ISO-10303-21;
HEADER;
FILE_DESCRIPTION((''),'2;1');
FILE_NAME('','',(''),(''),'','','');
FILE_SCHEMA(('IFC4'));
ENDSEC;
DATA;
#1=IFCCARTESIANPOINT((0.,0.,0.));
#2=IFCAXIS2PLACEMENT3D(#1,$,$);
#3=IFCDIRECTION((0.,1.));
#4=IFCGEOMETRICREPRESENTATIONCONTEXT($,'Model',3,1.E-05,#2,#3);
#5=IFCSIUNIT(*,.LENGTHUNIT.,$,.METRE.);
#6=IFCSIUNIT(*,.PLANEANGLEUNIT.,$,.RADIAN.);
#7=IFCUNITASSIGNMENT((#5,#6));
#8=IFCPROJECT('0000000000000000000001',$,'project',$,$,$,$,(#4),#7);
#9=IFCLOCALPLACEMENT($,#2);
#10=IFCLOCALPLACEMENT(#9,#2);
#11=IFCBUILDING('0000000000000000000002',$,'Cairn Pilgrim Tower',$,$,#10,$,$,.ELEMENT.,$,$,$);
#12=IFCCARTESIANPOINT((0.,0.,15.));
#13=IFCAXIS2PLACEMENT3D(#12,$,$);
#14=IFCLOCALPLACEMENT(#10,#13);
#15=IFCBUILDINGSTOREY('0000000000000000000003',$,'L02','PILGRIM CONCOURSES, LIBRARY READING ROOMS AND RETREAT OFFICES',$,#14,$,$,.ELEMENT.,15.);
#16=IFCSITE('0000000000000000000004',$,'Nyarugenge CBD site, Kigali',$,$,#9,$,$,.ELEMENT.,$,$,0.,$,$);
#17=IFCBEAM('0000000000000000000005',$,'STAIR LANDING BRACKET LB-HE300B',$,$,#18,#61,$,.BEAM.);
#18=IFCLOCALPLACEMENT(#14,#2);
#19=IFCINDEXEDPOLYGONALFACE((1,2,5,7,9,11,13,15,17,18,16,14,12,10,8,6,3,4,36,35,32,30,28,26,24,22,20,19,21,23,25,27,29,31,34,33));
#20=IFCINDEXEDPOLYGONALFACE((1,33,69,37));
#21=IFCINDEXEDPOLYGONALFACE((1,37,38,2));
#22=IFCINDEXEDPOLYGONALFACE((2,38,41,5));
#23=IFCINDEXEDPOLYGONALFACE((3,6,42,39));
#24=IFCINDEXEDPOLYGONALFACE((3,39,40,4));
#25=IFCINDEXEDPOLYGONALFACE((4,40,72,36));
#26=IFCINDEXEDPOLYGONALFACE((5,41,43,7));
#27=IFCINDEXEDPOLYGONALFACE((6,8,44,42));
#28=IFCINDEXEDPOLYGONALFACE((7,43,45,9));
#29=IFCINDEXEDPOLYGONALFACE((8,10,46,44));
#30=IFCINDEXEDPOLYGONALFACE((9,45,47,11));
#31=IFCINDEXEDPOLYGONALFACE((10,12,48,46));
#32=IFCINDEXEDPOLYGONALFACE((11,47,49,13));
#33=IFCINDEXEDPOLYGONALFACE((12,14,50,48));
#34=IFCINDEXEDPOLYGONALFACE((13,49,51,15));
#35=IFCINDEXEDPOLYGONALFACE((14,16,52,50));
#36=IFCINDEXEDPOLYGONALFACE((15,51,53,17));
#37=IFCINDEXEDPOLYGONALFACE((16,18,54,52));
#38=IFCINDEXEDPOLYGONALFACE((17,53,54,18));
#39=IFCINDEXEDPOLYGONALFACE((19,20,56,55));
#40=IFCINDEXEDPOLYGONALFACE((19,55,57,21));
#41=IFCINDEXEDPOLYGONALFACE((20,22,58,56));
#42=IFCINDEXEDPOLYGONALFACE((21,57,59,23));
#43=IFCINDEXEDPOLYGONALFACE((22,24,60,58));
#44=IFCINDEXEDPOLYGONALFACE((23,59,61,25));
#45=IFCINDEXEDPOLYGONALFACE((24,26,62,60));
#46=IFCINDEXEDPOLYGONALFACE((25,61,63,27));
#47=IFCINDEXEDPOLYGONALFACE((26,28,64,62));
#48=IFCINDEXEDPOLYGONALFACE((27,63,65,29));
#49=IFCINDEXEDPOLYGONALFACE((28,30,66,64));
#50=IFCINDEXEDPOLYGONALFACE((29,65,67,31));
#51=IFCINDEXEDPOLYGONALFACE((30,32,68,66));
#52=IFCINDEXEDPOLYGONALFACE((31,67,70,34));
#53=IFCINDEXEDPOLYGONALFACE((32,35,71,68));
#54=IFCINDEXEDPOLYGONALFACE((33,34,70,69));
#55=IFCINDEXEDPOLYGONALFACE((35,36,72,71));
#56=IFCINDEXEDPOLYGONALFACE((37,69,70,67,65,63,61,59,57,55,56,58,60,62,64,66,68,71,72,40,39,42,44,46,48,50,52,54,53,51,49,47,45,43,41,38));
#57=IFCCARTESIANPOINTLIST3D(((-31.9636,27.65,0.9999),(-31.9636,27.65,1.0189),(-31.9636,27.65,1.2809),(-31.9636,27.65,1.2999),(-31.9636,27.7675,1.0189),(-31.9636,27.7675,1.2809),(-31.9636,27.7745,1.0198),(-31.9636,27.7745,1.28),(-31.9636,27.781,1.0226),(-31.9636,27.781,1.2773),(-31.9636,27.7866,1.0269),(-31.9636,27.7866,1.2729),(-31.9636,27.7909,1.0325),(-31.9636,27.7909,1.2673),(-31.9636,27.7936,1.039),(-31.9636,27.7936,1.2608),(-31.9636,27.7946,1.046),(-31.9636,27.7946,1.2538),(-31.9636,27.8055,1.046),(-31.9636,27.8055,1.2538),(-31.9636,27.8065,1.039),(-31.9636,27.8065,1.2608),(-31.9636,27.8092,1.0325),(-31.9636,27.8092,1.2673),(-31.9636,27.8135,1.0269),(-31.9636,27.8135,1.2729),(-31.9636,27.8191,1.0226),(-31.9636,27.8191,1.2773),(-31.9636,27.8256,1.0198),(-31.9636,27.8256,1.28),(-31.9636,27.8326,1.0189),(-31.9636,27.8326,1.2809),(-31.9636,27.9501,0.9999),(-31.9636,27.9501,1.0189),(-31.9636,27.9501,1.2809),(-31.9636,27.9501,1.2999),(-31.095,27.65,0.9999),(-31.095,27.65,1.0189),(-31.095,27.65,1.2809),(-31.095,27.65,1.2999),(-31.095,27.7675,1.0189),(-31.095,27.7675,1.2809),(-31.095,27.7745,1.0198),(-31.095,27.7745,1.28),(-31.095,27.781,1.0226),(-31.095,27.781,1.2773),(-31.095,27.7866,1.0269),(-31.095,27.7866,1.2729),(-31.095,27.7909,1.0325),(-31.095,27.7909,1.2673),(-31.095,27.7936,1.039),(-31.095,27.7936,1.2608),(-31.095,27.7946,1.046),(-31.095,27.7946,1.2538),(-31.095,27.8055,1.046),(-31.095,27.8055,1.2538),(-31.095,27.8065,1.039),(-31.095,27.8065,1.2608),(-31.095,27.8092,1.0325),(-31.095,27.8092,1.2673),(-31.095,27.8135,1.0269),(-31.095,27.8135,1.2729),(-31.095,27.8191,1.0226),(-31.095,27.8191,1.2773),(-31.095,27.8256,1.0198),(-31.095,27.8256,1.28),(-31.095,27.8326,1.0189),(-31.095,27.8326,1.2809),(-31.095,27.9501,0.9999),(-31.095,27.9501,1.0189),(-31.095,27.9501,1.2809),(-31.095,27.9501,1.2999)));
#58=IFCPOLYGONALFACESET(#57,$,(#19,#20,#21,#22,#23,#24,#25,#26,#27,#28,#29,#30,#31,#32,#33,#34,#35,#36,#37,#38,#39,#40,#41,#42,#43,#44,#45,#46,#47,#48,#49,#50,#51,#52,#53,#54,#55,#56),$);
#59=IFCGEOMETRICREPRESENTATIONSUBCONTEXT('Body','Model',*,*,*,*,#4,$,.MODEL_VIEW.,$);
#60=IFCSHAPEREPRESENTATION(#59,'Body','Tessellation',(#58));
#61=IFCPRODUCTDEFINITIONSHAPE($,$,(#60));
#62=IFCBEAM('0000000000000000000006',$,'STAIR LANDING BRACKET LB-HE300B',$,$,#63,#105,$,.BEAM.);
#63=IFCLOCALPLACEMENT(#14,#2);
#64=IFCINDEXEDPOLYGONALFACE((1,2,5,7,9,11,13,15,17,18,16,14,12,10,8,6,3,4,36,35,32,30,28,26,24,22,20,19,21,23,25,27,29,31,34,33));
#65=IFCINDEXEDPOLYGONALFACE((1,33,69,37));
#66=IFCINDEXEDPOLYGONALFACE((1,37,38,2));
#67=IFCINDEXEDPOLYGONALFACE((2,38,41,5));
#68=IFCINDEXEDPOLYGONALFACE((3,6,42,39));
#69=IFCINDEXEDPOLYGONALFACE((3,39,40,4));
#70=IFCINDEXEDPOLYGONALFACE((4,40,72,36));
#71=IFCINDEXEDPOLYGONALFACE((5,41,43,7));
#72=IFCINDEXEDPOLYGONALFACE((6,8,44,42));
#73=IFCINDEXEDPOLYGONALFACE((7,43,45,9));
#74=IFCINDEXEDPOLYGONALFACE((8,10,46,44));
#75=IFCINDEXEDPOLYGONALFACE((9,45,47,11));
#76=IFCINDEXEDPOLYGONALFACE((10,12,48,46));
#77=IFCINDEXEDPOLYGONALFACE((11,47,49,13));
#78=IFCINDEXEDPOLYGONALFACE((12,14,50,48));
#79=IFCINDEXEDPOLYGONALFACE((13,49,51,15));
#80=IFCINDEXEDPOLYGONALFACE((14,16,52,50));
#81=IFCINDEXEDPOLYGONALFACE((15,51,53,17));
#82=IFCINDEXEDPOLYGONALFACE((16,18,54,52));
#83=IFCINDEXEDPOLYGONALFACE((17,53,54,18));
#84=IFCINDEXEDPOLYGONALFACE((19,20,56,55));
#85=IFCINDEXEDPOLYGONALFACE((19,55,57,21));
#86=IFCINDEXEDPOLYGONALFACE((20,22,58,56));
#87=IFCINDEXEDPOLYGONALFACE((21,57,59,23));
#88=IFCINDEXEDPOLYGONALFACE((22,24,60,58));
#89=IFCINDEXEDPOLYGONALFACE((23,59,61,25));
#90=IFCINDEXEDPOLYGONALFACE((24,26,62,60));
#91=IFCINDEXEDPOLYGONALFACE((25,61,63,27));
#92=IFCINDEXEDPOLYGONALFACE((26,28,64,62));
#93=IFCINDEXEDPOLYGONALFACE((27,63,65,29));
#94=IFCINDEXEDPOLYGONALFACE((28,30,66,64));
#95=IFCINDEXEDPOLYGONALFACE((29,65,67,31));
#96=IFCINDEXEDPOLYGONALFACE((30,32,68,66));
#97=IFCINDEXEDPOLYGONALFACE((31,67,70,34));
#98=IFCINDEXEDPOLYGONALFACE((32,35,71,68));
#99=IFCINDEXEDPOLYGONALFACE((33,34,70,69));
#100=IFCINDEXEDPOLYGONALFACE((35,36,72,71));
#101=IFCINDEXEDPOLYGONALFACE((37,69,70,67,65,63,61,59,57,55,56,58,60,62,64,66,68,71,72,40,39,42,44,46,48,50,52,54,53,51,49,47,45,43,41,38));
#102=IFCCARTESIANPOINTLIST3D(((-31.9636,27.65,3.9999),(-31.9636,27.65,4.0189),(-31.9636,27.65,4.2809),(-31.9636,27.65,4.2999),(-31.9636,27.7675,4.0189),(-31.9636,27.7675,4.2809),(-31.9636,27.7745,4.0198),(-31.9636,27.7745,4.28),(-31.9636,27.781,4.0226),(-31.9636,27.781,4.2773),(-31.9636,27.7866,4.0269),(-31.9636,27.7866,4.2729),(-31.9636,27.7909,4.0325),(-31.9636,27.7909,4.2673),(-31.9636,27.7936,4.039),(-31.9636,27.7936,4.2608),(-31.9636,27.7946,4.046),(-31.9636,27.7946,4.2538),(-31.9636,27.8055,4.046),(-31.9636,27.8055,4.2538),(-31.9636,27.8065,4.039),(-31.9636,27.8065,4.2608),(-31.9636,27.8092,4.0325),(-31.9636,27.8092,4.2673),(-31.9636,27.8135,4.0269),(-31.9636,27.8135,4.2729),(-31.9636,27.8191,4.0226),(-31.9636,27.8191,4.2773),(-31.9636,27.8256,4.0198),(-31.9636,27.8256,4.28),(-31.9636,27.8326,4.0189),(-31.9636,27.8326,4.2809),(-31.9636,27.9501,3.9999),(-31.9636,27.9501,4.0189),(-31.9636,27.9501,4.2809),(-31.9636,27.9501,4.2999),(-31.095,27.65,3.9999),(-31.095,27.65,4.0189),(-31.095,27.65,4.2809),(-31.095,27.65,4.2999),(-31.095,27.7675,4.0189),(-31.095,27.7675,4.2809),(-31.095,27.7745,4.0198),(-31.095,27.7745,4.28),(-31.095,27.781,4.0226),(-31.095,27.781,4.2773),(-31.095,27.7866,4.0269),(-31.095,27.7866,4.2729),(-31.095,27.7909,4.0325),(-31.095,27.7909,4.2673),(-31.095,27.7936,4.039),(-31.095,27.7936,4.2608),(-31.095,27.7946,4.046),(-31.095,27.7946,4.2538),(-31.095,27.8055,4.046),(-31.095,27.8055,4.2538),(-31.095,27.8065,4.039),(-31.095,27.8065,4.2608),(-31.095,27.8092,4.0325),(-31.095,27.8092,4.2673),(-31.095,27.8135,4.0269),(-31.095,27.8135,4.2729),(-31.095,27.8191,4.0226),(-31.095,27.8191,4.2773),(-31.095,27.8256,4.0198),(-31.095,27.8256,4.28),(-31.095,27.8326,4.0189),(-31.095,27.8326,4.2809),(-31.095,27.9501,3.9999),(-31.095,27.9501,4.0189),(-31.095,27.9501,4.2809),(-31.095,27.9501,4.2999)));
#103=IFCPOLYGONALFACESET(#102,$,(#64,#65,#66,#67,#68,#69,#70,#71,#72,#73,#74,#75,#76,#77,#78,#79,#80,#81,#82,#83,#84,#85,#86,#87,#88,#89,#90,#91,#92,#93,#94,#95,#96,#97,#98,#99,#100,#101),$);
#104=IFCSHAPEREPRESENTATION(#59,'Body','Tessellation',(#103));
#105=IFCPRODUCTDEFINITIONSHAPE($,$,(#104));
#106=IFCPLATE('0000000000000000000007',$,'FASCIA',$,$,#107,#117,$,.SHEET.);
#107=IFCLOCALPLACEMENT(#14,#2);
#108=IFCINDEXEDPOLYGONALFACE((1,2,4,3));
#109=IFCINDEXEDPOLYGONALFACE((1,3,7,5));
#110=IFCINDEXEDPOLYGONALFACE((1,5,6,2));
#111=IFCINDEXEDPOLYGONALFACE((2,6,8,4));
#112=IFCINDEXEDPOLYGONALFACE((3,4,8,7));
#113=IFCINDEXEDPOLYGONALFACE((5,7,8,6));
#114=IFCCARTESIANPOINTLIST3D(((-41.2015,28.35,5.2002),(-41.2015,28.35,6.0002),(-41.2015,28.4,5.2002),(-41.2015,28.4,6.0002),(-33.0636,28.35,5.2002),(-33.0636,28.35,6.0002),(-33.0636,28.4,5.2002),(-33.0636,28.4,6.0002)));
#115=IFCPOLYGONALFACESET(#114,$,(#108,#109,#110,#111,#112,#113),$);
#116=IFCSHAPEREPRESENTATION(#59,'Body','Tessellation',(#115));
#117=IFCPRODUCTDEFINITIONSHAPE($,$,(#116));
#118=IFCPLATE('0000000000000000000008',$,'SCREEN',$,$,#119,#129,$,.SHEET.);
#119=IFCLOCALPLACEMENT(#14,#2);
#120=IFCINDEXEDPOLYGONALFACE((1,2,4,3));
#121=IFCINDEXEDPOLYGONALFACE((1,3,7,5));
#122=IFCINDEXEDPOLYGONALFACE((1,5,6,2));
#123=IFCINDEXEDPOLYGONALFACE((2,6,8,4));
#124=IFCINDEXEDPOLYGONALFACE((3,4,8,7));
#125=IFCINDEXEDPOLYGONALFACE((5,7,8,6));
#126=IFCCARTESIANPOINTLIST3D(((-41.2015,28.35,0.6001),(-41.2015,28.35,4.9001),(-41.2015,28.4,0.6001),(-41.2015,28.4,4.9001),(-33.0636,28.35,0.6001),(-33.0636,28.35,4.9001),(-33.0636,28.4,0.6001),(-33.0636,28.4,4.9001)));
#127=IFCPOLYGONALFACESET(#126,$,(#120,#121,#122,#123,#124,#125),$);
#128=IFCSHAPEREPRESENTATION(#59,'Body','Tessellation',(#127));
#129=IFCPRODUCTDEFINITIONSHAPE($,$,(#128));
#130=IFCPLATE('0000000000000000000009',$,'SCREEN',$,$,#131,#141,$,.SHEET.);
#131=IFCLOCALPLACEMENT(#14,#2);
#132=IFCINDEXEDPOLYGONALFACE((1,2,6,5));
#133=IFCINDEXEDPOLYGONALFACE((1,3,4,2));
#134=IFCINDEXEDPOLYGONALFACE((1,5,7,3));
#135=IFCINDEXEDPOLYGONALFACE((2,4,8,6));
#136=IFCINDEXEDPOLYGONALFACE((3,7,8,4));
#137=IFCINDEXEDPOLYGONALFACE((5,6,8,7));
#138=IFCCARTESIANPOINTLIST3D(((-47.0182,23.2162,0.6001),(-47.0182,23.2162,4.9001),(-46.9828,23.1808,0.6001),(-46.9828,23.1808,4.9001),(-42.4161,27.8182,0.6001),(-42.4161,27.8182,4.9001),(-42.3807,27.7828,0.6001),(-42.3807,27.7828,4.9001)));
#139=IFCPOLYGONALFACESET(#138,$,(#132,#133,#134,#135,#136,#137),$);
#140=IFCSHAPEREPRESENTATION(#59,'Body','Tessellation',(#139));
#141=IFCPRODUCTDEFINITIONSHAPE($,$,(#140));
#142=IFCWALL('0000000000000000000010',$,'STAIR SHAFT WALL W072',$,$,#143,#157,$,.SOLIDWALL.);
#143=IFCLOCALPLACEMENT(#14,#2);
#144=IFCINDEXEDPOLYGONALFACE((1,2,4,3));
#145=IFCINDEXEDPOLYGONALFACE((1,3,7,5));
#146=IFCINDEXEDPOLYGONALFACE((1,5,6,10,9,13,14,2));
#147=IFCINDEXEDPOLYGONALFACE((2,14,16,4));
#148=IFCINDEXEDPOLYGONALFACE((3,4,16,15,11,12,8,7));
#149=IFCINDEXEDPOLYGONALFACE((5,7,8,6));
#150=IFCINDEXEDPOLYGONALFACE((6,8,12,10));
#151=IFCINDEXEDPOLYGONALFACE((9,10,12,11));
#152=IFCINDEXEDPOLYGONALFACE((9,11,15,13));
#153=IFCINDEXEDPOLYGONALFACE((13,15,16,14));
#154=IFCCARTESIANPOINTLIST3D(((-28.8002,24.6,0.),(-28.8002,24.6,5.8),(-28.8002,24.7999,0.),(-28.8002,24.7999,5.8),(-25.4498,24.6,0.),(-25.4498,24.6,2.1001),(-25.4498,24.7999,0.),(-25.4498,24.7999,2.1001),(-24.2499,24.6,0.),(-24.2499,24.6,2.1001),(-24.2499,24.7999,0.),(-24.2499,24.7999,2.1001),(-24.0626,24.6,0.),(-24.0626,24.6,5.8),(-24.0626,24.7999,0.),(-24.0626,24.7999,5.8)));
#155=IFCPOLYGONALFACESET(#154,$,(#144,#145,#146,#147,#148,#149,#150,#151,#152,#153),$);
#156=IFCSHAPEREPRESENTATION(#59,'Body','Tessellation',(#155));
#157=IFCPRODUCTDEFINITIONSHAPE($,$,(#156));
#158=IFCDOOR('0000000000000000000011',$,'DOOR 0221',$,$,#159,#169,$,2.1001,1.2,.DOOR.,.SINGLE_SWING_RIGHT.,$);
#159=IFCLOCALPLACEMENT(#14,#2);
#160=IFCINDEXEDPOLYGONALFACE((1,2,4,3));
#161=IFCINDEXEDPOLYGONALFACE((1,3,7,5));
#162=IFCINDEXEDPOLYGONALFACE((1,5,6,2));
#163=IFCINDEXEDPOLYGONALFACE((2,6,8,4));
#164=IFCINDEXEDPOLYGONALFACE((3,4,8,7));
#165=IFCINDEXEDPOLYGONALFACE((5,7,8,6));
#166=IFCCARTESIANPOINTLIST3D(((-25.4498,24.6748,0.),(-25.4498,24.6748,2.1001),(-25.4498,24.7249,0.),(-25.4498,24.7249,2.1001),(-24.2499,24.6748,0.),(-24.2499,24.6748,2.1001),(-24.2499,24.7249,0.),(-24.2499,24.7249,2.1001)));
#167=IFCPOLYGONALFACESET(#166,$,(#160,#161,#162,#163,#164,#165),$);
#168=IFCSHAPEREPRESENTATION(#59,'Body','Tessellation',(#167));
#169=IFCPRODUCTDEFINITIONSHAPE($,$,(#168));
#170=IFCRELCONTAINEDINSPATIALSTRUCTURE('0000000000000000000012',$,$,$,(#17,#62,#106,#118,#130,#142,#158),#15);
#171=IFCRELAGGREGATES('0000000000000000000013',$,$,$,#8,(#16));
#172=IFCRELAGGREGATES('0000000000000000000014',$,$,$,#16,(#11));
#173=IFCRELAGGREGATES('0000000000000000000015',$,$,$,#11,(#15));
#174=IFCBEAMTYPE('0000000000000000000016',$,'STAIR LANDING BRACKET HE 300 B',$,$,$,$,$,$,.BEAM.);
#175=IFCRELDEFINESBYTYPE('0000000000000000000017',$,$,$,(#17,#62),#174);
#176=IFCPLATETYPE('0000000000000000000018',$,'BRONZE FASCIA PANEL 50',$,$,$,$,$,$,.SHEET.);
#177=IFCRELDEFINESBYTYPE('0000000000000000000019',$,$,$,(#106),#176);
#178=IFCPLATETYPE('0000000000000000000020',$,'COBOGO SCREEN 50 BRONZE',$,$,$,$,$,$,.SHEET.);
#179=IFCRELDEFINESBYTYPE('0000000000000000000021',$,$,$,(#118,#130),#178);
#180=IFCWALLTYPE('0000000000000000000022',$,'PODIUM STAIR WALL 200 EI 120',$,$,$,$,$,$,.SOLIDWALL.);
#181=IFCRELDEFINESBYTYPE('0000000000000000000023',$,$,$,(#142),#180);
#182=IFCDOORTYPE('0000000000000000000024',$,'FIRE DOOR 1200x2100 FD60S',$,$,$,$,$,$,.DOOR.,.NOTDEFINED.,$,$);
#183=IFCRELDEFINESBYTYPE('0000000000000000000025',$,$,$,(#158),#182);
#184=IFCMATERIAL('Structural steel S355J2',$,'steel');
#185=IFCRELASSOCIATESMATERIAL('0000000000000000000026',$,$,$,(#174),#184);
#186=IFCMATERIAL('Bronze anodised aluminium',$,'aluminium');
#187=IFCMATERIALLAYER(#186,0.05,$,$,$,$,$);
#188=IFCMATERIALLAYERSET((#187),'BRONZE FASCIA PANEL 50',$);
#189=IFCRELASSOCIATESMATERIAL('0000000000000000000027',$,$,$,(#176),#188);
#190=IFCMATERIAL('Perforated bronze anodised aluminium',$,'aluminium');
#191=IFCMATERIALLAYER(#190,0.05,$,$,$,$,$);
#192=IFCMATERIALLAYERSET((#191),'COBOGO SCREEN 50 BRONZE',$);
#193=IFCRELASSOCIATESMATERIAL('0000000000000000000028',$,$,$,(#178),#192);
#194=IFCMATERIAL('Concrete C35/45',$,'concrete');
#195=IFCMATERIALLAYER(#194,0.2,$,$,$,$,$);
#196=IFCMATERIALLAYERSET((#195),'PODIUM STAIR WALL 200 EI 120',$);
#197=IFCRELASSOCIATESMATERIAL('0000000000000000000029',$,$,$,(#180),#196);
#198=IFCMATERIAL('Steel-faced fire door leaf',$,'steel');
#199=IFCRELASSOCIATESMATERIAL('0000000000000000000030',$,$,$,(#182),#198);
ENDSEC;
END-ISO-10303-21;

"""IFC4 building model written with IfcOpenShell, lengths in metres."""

from ifc_helpers import new_model, si_unit, direction, frame, frame_2d, origin, origin_2d, place, context, subcontext, project, spatial, rectangle, i_section, extrude, material, layer, layer_set, material_profile, profile_set, type_object, element, fill, save


model = new_model("IFC4")

# Units and contexts
model_context = context("Model", 3, precision=1e-05, world=origin(), true_north=direction((0.0, 1.0)))
body_context = subcontext(model_context, "Body", "Model", "MODEL_VIEW")
ifc_project = project(units=[si_unit("LENGTHUNIT", "METRE"), si_unit("PLANEANGLEUNIT", "RADIAN")], contexts=[model_context])

# Site, building, storey
site_placement = place(None, origin())
site = spatial("IfcSite", under=ifc_project, at=site_placement, Name="Nyarugenge CBD site, Kigali", CompositionType="ELEMENT", RefElevation=0.0)
building_placement = place(site_placement, origin())
building = spatial("IfcBuilding", under=site, at=building_placement, Name="Cairn Pilgrim Tower", CompositionType="ELEMENT")
storey_placement = place(building_placement, frame((0.0, 0.0, 15.0)))
storey = spatial("IfcBuildingStorey", under=building, at=storey_placement, Name="L02", Description="PILGRIM CONCOURSES, LIBRARY READING ROOMS AND RETREAT OFFICES", CompositionType="ELEMENT", Elevation=15.0)

# Shared definitions
ifc_material_1 = material(Name="Structural steel S355J2", Category="steel")

# Beams
ifc_material_profile_1 = material_profile(ifc_material_1, i_section(OverallWidth=0.3, OverallDepth=0.3, WebThickness=0.011, FlangeThickness=0.019, FilletRadius=0.0271, at=origin_2d()), Name="HE 300 B")
ifc_profile_set_1 = profile_set([ifc_material_profile_1], Name="Structural steel S355J2")
beam_type_1 = type_object("IfcBeamType", Name="STAIR LANDING BRACKET HE 300 B", PredefinedType="BEAM", material=ifc_profile_set_1)
for number, where, z_axis, x_axis, name in (
    (1, (-31.9636, 27.8, 1.1499), (1.0, 0.0, 0.0), (0.0, 1.0, 0.0), "STAIR LANDING BRACKET LB-HE300B"),
    (2, (-31.9636, 27.8, 4.1499), (1.0, 0.0, 0.0), (0.0, 1.0, 0.0), "STAIR LANDING BRACKET LB-HE300B"),
):
    element("IfcBeam", number, at=place(storey_placement, frame(where, z_axis=z_axis, x_axis=x_axis)), inside=storey, type_object=beam_type_1, Name=name, PredefinedType="BEAM", context=body_context, shape_type="SweptSolid", body=[
        extrude(i_section(OverallWidth=0.3, OverallDepth=0.3, WebThickness=0.011, FlangeThickness=0.019, FilletRadius=0.0271, at=origin_2d()), origin(), (0.0, 0.0, 1.0), 0.8687),
    ])

# Plates
ifc_material_2 = material(Name="Bronze anodised aluminium", Category="aluminium")
ifc_layer_1 = layer(ifc_material_2, 0.05)
ifc_layer_set_1 = layer_set([ifc_layer_1], Name="BRONZE FASCIA PANEL 50")
plate_type_1 = type_object("IfcPlateType", Name="BRONZE FASCIA PANEL 50", PredefinedType="SHEET", material=ifc_layer_set_1)
plate_1_placement = place(storey_placement, frame((-37.1326, 28.375, 5.2002), z_axis=(0.0, 0.0, 1.0), x_axis=(-1.0, 0.0, 0.0)))
element("IfcPlate", 3, at=plate_1_placement, inside=storey, type_object=plate_type_1, Name="FASCIA", PredefinedType="SHEET", context=body_context, shape_type="SweptSolid", body=[
    extrude(rectangle(XDim=8.1379, YDim=0.05, at=origin_2d()), origin(), (0.0, 0.0, 1.0), 0.8),
])
ifc_material_3 = material(Name="Perforated bronze anodised aluminium", Category="aluminium")
ifc_layer_2 = layer(ifc_material_3, 0.05)
ifc_layer_set_2 = layer_set([ifc_layer_2], Name="COBOGO SCREEN 50 BRONZE")
plate_type_2 = type_object("IfcPlateType", Name="COBOGO SCREEN 50 BRONZE", PredefinedType="SHEET", material=ifc_layer_set_2)
plate_2_placement = place(storey_placement, frame((-37.1326, 28.375, 0.6001), z_axis=(0.0, 0.0, 1.0), x_axis=(-1.0, 0.0, 0.0)))
element("IfcPlate", 4, at=plate_2_placement, inside=storey, type_object=plate_type_2, Name="SCREEN", PredefinedType="SHEET", context=body_context, shape_type="SweptSolid", body=[
    extrude(rectangle(XDim=8.1379, YDim=0.05, at=origin_2d()), origin(), (0.0, 0.0, 1.0), 4.3),
])
plate_3_placement = place(storey_placement, frame((-44.6995, 25.4995, 0.6001), z_axis=(0.0, 0.0, 1.0), x_axis=(-0.707107, -0.707107, 0.0)))
element("IfcPlate", 5, at=plate_3_placement, inside=storey, type_object=plate_type_2, Name="SCREEN", PredefinedType="SHEET", context=body_context, shape_type="SweptSolid", body=[
    extrude(rectangle(XDim=6.5083, YDim=0.05, at=origin_2d()), origin(), (0.0, 0.0, 1.0), 4.3),
])

# Wall, opening, door
ifc_material_4 = material(Name="Concrete C35/45", Category="concrete")
ifc_layer_3 = layer(ifc_material_4, 0.2)
ifc_layer_set_3 = layer_set([ifc_layer_3], Name="PODIUM STAIR WALL 200 EI 120")
wall_type_1 = type_object("IfcWallType", Name="PODIUM STAIR WALL 200 EI 120", PredefinedType="SOLIDWALL", material=ifc_layer_set_3)
wall_1_placement = place(storey_placement, frame((-28.8, 24.7, 0.0), z_axis=(0.0, 0.0, 1.0), x_axis=(1.0, 0.0, 0.0)))
wall_1 = element("IfcWall", 6, at=wall_1_placement, inside=storey, type_object=wall_type_1, Name="STAIR SHAFT WALL W072", PredefinedType="SOLIDWALL", context=body_context, shape_type="SweptSolid", body=[
    extrude(rectangle(XDim=4.7375, YDim=0.2, at=frame_2d((2.3687, 0.0))), origin(), (0.0, 0.0, 1.0), 5.8),
])
opening_1_placement = place(wall_1_placement, frame((3.3501, 0.0, 0.0)))
opening_1 = element("IfcOpeningElement", 7, at=opening_1_placement, cuts=wall_1, PredefinedType="OPENING", context=body_context, shape_type="SweptSolid", body=[
    extrude(rectangle(XDim=1.2, YDim=2.1001, at=frame_2d((0.6001, 1.05))), frame((0.0, 0.1099, 0.0), z_axis=(0.0, -1.0, 0.0), x_axis=(1.0, 0.0, 0.0)), (0.0, 0.0, 1.0), 0.22),
])
ifc_material_5 = material(Name="Steel-faced fire door leaf", Category="steel")
door_type = type_object("IfcDoorType", Name="FIRE DOOR 1200x2100 FD60S", OperationType="NOTDEFINED", PredefinedType="DOOR", material=ifc_material_5)
door_placement = place(opening_1_placement, origin())
door = element("IfcDoor", 8, at=door_placement, inside=storey, type_object=door_type, Name="DOOR 0221", OperationType="SINGLE_SWING_RIGHT", OverallHeight=2.1001, OverallWidth=1.2, PredefinedType="DOOR", context=body_context, shape_type="SweptSolid", body=[
    extrude(rectangle(XDim=1.2, YDim=2.1001, at=frame_2d((0.6001, 1.05))), frame((0.0, 0.0249, 0.0), z_axis=(0.0, -1.0, 0.0), x_axis=(1.0, 0.0, 0.0)), (0.0, 0.0, 1.0), 0.05),
])
fill(opening_1, door)

save(model, "model.ifc")
